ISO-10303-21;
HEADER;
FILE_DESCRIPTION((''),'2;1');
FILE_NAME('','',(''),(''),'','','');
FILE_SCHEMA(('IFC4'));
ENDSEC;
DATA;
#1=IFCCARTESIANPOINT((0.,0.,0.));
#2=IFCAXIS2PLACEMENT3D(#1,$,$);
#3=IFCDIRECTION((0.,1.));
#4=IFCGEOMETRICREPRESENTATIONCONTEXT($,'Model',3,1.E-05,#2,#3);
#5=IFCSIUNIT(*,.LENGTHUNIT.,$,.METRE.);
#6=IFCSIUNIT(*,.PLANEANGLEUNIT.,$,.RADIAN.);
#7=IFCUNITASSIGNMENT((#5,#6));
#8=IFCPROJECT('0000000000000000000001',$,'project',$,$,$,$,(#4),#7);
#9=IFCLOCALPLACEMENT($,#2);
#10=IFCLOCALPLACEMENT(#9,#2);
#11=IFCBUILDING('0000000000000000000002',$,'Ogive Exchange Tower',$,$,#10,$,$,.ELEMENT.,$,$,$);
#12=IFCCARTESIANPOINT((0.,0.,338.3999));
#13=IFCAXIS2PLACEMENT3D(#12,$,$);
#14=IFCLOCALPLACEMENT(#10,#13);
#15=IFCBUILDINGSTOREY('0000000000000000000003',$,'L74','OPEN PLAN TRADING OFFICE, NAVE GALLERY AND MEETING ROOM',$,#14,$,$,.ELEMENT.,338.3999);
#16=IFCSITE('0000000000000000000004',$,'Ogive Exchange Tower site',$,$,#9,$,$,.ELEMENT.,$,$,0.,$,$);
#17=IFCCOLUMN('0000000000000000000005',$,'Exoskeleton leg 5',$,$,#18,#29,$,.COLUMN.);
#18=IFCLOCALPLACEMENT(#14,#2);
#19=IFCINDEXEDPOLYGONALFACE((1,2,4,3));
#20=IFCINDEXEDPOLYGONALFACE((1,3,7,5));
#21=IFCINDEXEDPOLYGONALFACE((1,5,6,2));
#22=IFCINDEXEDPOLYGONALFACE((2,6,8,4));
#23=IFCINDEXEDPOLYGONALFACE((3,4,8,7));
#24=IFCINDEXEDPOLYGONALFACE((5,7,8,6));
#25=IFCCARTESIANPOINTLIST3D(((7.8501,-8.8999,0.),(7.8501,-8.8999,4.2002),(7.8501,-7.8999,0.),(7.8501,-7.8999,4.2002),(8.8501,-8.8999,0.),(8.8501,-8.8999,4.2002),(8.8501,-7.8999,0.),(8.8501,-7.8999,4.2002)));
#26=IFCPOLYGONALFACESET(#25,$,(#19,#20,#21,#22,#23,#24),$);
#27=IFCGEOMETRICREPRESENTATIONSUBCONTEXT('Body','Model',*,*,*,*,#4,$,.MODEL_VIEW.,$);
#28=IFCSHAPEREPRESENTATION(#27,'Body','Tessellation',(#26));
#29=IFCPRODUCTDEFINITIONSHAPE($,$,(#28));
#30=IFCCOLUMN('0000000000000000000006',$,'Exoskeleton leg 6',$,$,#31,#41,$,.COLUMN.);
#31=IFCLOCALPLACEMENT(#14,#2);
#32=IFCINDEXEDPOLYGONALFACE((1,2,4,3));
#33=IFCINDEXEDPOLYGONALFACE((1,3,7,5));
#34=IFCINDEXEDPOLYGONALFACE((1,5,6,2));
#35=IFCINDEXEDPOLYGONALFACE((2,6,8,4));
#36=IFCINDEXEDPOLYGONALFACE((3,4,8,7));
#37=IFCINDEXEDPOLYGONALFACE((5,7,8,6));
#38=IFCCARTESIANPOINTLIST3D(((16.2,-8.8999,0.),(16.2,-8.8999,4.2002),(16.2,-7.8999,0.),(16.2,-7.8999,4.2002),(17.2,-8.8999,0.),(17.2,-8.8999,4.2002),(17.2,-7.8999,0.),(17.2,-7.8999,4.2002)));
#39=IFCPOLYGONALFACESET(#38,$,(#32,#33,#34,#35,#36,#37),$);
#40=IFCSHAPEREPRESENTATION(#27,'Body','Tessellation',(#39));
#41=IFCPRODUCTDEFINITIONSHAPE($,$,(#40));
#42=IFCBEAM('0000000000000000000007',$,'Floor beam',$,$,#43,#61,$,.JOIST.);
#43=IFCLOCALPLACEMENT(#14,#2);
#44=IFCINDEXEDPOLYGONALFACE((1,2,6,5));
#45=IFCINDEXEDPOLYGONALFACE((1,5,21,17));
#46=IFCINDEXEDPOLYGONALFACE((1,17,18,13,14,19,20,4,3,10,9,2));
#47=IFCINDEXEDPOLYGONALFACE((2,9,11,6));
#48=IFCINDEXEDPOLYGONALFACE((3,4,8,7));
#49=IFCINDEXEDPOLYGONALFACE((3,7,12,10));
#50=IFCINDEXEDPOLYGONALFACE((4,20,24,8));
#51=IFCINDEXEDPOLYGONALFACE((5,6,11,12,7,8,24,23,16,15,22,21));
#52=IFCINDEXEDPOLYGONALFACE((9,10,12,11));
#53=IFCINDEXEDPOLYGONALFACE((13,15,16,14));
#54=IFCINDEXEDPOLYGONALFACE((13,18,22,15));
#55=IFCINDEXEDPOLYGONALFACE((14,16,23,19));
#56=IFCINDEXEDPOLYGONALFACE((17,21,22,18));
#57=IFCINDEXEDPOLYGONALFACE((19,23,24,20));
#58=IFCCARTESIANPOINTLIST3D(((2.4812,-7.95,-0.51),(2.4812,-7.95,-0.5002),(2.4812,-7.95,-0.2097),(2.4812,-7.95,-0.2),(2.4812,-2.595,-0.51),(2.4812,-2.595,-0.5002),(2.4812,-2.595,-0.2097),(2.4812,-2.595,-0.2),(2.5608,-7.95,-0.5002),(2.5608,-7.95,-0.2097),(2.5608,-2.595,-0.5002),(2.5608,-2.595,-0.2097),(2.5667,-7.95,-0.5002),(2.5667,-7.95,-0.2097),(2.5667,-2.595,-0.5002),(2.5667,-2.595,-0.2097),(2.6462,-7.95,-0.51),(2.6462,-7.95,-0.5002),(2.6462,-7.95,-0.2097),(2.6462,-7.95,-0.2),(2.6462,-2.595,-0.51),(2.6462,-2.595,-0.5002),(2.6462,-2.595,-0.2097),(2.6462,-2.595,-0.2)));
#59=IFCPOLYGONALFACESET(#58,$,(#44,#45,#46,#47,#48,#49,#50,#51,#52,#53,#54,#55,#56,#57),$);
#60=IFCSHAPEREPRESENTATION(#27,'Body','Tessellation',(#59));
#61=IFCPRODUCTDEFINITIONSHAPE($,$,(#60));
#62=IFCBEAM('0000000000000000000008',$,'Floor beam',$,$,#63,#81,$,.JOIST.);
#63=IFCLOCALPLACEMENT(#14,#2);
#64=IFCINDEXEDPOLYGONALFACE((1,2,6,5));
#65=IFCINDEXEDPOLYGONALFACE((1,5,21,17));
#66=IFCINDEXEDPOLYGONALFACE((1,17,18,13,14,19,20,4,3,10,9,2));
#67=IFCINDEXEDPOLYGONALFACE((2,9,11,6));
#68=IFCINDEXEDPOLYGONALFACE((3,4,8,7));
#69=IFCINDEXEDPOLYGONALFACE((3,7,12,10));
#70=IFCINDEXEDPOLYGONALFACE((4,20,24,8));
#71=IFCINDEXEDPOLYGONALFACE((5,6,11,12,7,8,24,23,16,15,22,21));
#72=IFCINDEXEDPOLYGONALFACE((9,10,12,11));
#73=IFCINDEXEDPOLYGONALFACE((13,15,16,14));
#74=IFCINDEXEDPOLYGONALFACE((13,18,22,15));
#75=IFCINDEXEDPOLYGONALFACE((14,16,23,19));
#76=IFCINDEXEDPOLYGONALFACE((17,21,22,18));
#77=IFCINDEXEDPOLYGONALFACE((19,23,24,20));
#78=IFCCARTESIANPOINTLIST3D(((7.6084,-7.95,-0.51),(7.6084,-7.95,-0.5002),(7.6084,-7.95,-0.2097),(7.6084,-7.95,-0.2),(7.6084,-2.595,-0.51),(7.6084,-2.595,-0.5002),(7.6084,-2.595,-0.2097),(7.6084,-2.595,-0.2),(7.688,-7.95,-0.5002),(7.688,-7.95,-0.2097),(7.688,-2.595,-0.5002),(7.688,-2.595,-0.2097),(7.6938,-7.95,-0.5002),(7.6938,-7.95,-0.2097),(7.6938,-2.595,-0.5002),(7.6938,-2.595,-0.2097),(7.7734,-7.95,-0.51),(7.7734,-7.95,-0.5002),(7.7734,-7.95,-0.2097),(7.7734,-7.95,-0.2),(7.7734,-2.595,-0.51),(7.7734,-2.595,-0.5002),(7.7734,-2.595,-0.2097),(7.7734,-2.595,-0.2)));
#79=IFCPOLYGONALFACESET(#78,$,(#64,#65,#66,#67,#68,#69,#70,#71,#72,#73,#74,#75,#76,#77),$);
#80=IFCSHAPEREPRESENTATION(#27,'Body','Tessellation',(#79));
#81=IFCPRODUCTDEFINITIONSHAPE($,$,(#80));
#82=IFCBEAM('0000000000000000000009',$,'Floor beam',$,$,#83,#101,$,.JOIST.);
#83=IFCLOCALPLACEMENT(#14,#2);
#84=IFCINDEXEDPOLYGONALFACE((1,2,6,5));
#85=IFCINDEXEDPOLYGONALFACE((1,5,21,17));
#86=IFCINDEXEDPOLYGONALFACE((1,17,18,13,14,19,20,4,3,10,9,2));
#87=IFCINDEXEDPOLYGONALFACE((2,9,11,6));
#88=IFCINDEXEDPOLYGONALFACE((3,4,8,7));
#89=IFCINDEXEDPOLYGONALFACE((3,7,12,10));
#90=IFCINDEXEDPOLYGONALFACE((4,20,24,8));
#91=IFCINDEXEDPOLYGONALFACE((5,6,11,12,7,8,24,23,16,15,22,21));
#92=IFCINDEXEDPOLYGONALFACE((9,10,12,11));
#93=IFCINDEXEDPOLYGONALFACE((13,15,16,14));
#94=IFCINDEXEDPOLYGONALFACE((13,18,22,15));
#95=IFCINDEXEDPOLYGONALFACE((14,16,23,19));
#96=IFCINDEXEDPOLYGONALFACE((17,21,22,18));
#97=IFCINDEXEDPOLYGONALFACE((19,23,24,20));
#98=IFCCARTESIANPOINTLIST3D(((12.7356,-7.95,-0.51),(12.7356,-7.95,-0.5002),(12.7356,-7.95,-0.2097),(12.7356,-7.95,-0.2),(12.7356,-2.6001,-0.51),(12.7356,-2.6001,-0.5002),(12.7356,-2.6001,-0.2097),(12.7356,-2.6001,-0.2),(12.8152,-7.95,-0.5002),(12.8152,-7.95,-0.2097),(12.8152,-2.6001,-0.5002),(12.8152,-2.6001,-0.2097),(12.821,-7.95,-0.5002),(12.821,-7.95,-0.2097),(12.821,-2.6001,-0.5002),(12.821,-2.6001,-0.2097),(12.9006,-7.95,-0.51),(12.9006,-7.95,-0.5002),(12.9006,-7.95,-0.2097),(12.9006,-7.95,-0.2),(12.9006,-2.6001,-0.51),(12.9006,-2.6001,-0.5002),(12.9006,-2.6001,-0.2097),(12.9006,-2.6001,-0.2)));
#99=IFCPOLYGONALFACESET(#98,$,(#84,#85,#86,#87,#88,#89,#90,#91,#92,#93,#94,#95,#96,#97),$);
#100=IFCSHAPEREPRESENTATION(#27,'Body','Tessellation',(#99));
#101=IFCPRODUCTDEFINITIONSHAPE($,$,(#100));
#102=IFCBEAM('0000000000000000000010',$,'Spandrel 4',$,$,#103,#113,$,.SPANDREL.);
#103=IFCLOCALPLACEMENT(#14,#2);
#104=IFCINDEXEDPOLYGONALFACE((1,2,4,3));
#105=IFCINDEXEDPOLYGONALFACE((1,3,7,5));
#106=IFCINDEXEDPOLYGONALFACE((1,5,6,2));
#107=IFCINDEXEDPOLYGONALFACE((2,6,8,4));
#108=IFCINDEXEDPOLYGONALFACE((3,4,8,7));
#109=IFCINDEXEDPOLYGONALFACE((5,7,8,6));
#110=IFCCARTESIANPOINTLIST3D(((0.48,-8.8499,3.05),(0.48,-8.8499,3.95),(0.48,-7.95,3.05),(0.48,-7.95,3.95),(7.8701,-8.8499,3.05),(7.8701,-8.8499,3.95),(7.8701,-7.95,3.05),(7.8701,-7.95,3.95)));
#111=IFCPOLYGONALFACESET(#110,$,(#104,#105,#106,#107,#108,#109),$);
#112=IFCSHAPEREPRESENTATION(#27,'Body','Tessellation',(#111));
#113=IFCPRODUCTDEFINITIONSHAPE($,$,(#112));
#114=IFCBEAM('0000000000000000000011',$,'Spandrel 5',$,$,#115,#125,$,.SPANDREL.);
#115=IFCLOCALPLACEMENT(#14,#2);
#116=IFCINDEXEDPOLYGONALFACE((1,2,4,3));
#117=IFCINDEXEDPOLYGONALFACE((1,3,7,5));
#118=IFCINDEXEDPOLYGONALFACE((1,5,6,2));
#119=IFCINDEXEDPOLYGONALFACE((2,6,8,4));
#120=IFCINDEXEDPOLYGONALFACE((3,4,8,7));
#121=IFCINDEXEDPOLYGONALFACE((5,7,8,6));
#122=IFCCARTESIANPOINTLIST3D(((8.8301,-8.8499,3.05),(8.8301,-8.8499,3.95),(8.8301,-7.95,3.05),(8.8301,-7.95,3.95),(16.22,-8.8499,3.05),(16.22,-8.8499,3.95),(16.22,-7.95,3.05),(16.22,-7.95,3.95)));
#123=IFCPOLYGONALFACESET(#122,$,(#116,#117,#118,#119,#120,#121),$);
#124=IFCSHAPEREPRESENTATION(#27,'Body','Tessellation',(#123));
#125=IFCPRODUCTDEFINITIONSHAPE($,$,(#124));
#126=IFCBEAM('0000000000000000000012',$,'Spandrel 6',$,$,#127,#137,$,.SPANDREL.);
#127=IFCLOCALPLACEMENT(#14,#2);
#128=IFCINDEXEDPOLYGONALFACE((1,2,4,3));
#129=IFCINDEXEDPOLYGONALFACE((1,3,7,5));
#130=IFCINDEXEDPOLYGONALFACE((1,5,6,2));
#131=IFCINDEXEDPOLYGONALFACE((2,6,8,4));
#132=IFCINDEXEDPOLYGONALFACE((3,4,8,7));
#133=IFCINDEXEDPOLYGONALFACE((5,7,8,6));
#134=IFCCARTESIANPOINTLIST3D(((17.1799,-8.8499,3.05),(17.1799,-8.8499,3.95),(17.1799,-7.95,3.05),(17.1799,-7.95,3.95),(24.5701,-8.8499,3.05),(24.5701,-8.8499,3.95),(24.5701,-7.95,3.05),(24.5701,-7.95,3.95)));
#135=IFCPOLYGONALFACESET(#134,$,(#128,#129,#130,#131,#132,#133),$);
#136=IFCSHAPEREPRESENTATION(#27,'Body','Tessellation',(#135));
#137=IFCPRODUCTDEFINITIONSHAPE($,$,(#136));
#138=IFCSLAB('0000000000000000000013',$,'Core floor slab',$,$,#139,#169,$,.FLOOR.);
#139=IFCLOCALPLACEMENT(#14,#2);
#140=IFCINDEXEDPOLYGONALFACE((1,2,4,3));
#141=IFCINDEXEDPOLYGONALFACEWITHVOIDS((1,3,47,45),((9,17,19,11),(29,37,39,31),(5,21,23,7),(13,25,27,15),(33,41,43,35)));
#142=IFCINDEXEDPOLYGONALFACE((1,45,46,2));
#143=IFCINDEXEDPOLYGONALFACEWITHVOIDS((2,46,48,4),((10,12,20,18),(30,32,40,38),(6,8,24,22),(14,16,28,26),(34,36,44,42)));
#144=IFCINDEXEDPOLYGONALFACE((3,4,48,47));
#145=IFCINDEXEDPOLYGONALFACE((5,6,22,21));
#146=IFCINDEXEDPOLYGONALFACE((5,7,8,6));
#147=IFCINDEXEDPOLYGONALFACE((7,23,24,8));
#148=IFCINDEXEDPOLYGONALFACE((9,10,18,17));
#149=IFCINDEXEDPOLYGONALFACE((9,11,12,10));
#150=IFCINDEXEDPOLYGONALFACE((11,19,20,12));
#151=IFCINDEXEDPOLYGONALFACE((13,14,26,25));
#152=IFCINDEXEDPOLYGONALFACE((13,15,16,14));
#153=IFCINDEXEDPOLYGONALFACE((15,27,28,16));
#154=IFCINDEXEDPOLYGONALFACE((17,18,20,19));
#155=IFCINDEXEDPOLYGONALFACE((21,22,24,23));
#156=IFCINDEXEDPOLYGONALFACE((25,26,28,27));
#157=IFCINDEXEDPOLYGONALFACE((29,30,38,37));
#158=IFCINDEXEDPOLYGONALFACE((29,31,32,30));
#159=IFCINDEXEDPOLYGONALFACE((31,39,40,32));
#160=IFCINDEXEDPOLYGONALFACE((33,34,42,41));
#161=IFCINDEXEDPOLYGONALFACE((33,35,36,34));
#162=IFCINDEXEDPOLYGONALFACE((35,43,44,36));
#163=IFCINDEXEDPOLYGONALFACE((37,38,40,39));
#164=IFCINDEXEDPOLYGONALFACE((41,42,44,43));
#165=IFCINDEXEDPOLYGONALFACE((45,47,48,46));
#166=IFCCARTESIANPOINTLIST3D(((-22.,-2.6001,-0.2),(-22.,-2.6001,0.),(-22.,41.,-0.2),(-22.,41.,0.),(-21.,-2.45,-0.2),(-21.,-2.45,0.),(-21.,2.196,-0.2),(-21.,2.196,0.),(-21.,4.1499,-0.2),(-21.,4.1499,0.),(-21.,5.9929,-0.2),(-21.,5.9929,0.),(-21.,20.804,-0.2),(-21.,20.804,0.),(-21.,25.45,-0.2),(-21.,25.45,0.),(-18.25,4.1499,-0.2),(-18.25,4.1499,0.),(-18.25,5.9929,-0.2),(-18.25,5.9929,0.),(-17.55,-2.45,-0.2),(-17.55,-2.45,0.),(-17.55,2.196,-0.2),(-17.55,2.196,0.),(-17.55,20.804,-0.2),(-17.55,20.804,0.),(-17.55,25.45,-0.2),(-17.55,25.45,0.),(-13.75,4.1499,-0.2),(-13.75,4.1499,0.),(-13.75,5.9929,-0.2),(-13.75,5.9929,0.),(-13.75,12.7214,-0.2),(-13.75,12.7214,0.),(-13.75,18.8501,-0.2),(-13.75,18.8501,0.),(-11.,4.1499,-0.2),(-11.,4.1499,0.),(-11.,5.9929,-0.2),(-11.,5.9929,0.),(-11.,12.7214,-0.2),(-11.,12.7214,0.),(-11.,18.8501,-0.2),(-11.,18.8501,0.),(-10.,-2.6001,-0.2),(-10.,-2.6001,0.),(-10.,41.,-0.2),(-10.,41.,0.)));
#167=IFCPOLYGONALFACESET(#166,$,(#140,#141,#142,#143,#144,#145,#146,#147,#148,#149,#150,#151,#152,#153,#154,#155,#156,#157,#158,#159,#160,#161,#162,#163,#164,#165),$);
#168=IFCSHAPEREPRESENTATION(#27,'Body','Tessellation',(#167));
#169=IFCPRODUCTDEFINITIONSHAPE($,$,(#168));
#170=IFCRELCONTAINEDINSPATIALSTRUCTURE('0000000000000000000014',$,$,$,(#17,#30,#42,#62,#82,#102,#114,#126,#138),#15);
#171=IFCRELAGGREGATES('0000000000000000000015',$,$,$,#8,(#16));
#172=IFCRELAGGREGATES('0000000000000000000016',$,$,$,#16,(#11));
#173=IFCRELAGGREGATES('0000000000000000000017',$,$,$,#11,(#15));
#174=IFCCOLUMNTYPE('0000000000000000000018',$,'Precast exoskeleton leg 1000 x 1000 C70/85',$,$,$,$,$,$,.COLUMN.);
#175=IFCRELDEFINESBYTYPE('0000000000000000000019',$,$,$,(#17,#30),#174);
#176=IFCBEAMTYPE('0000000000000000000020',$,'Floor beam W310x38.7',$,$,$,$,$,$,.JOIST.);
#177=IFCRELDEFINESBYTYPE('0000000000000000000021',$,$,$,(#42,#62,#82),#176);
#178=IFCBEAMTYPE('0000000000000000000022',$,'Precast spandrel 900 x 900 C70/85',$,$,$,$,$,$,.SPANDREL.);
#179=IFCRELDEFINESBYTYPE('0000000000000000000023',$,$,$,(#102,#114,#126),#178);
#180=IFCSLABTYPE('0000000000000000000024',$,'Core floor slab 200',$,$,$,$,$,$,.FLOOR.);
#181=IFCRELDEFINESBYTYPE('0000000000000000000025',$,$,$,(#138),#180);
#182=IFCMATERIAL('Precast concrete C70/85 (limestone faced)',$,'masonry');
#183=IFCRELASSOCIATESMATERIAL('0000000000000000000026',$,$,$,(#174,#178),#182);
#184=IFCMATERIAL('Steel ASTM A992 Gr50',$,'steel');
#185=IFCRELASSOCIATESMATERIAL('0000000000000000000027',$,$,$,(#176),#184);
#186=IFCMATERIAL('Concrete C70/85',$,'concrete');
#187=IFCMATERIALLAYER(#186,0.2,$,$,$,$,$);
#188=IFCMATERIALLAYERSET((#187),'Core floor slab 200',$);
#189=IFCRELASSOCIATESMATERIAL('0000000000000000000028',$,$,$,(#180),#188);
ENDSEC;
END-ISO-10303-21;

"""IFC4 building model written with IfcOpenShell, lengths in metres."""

from ifc_helpers import new_model, si_unit, direction, frame, origin, origin_2d, place, context, subcontext, project, spatial, polyline, rectangle, i_section, outline, extrude, material, layer, layer_set, material_profile, profile_set, type_object, element, save


model = new_model("IFC4")

# Units and contexts
model_context = context("Model", 3, precision=1e-05, world=origin(), true_north=direction((0.0, 1.0)))
body_context = subcontext(model_context, "Body", "Model", "MODEL_VIEW")
ifc_project = project(units=[si_unit("LENGTHUNIT", "METRE"), si_unit("PLANEANGLEUNIT", "RADIAN")], contexts=[model_context])

# Site, building, storey
site_placement = place(None, origin())
site = spatial("IfcSite", under=ifc_project, at=site_placement, Name="Ogive Exchange Tower site", CompositionType="ELEMENT", RefElevation=0.0)
building_placement = place(site_placement, origin())
building = spatial("IfcBuilding", under=site, at=building_placement, Name="Ogive Exchange Tower", CompositionType="ELEMENT")
storey_placement = place(building_placement, frame((0.0, 0.0, 338.3999)))
storey = spatial("IfcBuildingStorey", under=building, at=storey_placement, Name="L74", Description="OPEN PLAN TRADING OFFICE, NAVE GALLERY AND MEETING ROOM", CompositionType="ELEMENT", Elevation=338.3999)

# Columns
ifc_material_1 = material(Name="Precast concrete C70/85 (limestone faced)", Category="masonry")
ifc_material_profile_1 = material_profile(ifc_material_1, rectangle(XDim=1.0, YDim=1.0, at=origin_2d()), Name="1000 x 1000")
ifc_profile_set_1 = profile_set([ifc_material_profile_1], Name="Precast concrete C70/85 (limestone faced)")
column_type = type_object("IfcColumnType", Name="Precast exoskeleton leg 1000 x 1000 C70/85", PredefinedType="COLUMN", material=ifc_profile_set_1)
for number, where, z_axis, x_axis, name in (
    (1, (8.3501, -8.3999, 0.0), (0.0, 0.0, 1.0), (1.0, 0.0, 0.0), "Exoskeleton leg 5"),
    (2, (16.7, -8.3999, 0.0), (0.0, 0.0, 1.0), (1.0, 0.0, 0.0), "Exoskeleton leg 6"),
):
    element("IfcColumn", number, at=place(storey_placement, frame(where, z_axis=z_axis, x_axis=x_axis)), inside=storey, type_object=column_type, Name=name, PredefinedType="COLUMN", context=body_context, shape_type="SweptSolid", body=[
        extrude(rectangle(XDim=1.0, YDim=1.0, at=origin_2d()), origin(), (0.0, 0.0, 1.0), 4.2002),
    ])

# Beams
ifc_material_2 = material(Name="Steel ASTM A992 Gr50", Category="steel")
ifc_material_profile_2 = material_profile(ifc_material_2, i_section(OverallWidth=0.165, OverallDepth=0.3101, WebThickness=0.0059, FlangeThickness=0.0098, at=origin_2d()), Name="W310x38.7")
ifc_profile_set_2 = profile_set([ifc_material_profile_2], Name="Steel ASTM A992 Gr50")
beam_type_1 = type_object("IfcBeamType", Name="Floor beam W310x38.7", PredefinedType="JOIST", material=ifc_profile_set_2)
for number, where, z_axis, x_axis, name in (
    (3, (2.5637, -7.95, -0.355), (0.0, 1.0, 0.0), (-1.0, 0.0, 0.0), "Floor beam"),
    (4, (7.6909, -7.95, -0.355), (0.0, 1.0, 0.0), (-1.0, 0.0, 0.0), "Floor beam"),
):
    element("IfcBeam", number, at=place(storey_placement, frame(where, z_axis=z_axis, x_axis=x_axis)), inside=storey, type_object=beam_type_1, Name=name, PredefinedType="JOIST", context=body_context, shape_type="SweptSolid", body=[
        extrude(i_section(OverallWidth=0.165, OverallDepth=0.3101, WebThickness=0.0059, FlangeThickness=0.0098, at=origin_2d()), origin(), (0.0, 0.0, 1.0), 5.355),
    ])
beam_1_placement = place(storey_placement, frame((12.8181, -7.95, -0.355), z_axis=(0.0, 1.0, 0.0), x_axis=(-1.0, 0.0, 0.0)))
element("IfcBeam", 5, at=beam_1_placement, inside=storey, type_object=beam_type_1, Name="Floor beam", PredefinedType="JOIST", context=body_context, shape_type="SweptSolid", body=[
    extrude(i_section(OverallWidth=0.165, OverallDepth=0.3101, WebThickness=0.0059, FlangeThickness=0.0098, at=origin_2d()), origin(), (0.0, 0.0, 1.0), 5.3499),
])
ifc_material_profile_3 = material_profile(ifc_material_1, rectangle(XDim=0.8999, YDim=0.8999, at=origin_2d()), Name="900 x 900")
ifc_profile_set_3 = profile_set([ifc_material_profile_3], Name="Precast concrete C70/85 (limestone faced)")
beam_type_2 = type_object("IfcBeamType", Name="Precast spandrel 900 x 900 C70/85", PredefinedType="SPANDREL", material=ifc_profile_set_3)
beam_2_placement = place(storey_placement, frame((0.48, -8.3999, 3.5), z_axis=(1.0, 0.0, 0.0), x_axis=(0.0, 1.0, 0.0)))
element("IfcBeam", 6, at=beam_2_placement, inside=storey, type_object=beam_type_2, Name="Spandrel 4", PredefinedType="SPANDREL", context=body_context, shape_type="SweptSolid", body=[
    extrude(rectangle(XDim=0.8999, YDim=0.8999, at=origin_2d()), origin(), (0.0, 0.0, 1.0), 7.3901),
])
beam_3_placement = place(storey_placement, frame((8.8301, -8.3999, 3.5), z_axis=(1.0, 0.0, 0.0), x_axis=(0.0, 1.0, 0.0)))
element("IfcBeam", 7, at=beam_3_placement, inside=storey, type_object=beam_type_2, Name="Spandrel 5", PredefinedType="SPANDREL", context=body_context, shape_type="SweptSolid", body=[
    extrude(rectangle(XDim=0.8999, YDim=0.8999, at=origin_2d()), origin(), (0.0, 0.0, 1.0), 7.3899),
])
beam_4_placement = place(storey_placement, frame((17.1799, -8.3999, 3.5), z_axis=(1.0, 0.0, 0.0), x_axis=(0.0, 1.0, 0.0)))
element("IfcBeam", 8, at=beam_4_placement, inside=storey, type_object=beam_type_2, Name="Spandrel 6", PredefinedType="SPANDREL", context=body_context, shape_type="SweptSolid", body=[
    extrude(rectangle(XDim=0.8999, YDim=0.8999, at=origin_2d()), origin(), (0.0, 0.0, 1.0), 7.3901),
])

# Slab
ifc_material_3 = material(Name="Concrete C70/85", Category="concrete")
ifc_layer_1 = layer(ifc_material_3, 0.2)
ifc_layer_set_1 = layer_set([ifc_layer_1], Name="Core floor slab 200")
slab_type = type_object("IfcSlabType", Name="Core floor slab 200", PredefinedType="FLOOR", material=ifc_layer_set_1)
slab_1_placement = place(storey_placement, frame((0.0, 0.0, -0.2)))
element("IfcSlab", 9, at=slab_1_placement, inside=storey, type_object=slab_type, Name="Core floor slab", PredefinedType="FLOOR", context=body_context, shape_type="SweptSolid", body=[
    extrude(outline(polyline([(-22.0, -2.6001), (-22.0, 41.0), (-10.0, 41.0), (-10.0, -2.6001), (-22.0, -2.6001)]), holes=[polyline([(-17.55, 2.196), (-21.0, 2.196), (-21.0, -2.45), (-17.55, -2.45), (-17.55, 2.196)]), polyline([(-21.0, 5.9929), (-21.0, 4.1499), (-18.25, 4.1499), (-18.25, 5.9929), (-21.0, 5.9929)]), polyline([(-13.75, 5.9929), (-13.75, 4.1499), (-11.0, 4.1499), (-11.0, 5.9929), (-13.75, 5.9929)]), polyline([(-11.0, 18.8501), (-13.75, 18.8501), (-13.75, 12.7214), (-11.0, 12.7214), (-11.0, 18.8501)]), polyline([(-21.0, 25.45), (-21.0, 20.804), (-17.55, 20.804), (-17.55, 25.45), (-21.0, 25.45)])]), origin(), (0.0, 0.0, 1.0), 0.2),
])

save(model, "model.ifc")
